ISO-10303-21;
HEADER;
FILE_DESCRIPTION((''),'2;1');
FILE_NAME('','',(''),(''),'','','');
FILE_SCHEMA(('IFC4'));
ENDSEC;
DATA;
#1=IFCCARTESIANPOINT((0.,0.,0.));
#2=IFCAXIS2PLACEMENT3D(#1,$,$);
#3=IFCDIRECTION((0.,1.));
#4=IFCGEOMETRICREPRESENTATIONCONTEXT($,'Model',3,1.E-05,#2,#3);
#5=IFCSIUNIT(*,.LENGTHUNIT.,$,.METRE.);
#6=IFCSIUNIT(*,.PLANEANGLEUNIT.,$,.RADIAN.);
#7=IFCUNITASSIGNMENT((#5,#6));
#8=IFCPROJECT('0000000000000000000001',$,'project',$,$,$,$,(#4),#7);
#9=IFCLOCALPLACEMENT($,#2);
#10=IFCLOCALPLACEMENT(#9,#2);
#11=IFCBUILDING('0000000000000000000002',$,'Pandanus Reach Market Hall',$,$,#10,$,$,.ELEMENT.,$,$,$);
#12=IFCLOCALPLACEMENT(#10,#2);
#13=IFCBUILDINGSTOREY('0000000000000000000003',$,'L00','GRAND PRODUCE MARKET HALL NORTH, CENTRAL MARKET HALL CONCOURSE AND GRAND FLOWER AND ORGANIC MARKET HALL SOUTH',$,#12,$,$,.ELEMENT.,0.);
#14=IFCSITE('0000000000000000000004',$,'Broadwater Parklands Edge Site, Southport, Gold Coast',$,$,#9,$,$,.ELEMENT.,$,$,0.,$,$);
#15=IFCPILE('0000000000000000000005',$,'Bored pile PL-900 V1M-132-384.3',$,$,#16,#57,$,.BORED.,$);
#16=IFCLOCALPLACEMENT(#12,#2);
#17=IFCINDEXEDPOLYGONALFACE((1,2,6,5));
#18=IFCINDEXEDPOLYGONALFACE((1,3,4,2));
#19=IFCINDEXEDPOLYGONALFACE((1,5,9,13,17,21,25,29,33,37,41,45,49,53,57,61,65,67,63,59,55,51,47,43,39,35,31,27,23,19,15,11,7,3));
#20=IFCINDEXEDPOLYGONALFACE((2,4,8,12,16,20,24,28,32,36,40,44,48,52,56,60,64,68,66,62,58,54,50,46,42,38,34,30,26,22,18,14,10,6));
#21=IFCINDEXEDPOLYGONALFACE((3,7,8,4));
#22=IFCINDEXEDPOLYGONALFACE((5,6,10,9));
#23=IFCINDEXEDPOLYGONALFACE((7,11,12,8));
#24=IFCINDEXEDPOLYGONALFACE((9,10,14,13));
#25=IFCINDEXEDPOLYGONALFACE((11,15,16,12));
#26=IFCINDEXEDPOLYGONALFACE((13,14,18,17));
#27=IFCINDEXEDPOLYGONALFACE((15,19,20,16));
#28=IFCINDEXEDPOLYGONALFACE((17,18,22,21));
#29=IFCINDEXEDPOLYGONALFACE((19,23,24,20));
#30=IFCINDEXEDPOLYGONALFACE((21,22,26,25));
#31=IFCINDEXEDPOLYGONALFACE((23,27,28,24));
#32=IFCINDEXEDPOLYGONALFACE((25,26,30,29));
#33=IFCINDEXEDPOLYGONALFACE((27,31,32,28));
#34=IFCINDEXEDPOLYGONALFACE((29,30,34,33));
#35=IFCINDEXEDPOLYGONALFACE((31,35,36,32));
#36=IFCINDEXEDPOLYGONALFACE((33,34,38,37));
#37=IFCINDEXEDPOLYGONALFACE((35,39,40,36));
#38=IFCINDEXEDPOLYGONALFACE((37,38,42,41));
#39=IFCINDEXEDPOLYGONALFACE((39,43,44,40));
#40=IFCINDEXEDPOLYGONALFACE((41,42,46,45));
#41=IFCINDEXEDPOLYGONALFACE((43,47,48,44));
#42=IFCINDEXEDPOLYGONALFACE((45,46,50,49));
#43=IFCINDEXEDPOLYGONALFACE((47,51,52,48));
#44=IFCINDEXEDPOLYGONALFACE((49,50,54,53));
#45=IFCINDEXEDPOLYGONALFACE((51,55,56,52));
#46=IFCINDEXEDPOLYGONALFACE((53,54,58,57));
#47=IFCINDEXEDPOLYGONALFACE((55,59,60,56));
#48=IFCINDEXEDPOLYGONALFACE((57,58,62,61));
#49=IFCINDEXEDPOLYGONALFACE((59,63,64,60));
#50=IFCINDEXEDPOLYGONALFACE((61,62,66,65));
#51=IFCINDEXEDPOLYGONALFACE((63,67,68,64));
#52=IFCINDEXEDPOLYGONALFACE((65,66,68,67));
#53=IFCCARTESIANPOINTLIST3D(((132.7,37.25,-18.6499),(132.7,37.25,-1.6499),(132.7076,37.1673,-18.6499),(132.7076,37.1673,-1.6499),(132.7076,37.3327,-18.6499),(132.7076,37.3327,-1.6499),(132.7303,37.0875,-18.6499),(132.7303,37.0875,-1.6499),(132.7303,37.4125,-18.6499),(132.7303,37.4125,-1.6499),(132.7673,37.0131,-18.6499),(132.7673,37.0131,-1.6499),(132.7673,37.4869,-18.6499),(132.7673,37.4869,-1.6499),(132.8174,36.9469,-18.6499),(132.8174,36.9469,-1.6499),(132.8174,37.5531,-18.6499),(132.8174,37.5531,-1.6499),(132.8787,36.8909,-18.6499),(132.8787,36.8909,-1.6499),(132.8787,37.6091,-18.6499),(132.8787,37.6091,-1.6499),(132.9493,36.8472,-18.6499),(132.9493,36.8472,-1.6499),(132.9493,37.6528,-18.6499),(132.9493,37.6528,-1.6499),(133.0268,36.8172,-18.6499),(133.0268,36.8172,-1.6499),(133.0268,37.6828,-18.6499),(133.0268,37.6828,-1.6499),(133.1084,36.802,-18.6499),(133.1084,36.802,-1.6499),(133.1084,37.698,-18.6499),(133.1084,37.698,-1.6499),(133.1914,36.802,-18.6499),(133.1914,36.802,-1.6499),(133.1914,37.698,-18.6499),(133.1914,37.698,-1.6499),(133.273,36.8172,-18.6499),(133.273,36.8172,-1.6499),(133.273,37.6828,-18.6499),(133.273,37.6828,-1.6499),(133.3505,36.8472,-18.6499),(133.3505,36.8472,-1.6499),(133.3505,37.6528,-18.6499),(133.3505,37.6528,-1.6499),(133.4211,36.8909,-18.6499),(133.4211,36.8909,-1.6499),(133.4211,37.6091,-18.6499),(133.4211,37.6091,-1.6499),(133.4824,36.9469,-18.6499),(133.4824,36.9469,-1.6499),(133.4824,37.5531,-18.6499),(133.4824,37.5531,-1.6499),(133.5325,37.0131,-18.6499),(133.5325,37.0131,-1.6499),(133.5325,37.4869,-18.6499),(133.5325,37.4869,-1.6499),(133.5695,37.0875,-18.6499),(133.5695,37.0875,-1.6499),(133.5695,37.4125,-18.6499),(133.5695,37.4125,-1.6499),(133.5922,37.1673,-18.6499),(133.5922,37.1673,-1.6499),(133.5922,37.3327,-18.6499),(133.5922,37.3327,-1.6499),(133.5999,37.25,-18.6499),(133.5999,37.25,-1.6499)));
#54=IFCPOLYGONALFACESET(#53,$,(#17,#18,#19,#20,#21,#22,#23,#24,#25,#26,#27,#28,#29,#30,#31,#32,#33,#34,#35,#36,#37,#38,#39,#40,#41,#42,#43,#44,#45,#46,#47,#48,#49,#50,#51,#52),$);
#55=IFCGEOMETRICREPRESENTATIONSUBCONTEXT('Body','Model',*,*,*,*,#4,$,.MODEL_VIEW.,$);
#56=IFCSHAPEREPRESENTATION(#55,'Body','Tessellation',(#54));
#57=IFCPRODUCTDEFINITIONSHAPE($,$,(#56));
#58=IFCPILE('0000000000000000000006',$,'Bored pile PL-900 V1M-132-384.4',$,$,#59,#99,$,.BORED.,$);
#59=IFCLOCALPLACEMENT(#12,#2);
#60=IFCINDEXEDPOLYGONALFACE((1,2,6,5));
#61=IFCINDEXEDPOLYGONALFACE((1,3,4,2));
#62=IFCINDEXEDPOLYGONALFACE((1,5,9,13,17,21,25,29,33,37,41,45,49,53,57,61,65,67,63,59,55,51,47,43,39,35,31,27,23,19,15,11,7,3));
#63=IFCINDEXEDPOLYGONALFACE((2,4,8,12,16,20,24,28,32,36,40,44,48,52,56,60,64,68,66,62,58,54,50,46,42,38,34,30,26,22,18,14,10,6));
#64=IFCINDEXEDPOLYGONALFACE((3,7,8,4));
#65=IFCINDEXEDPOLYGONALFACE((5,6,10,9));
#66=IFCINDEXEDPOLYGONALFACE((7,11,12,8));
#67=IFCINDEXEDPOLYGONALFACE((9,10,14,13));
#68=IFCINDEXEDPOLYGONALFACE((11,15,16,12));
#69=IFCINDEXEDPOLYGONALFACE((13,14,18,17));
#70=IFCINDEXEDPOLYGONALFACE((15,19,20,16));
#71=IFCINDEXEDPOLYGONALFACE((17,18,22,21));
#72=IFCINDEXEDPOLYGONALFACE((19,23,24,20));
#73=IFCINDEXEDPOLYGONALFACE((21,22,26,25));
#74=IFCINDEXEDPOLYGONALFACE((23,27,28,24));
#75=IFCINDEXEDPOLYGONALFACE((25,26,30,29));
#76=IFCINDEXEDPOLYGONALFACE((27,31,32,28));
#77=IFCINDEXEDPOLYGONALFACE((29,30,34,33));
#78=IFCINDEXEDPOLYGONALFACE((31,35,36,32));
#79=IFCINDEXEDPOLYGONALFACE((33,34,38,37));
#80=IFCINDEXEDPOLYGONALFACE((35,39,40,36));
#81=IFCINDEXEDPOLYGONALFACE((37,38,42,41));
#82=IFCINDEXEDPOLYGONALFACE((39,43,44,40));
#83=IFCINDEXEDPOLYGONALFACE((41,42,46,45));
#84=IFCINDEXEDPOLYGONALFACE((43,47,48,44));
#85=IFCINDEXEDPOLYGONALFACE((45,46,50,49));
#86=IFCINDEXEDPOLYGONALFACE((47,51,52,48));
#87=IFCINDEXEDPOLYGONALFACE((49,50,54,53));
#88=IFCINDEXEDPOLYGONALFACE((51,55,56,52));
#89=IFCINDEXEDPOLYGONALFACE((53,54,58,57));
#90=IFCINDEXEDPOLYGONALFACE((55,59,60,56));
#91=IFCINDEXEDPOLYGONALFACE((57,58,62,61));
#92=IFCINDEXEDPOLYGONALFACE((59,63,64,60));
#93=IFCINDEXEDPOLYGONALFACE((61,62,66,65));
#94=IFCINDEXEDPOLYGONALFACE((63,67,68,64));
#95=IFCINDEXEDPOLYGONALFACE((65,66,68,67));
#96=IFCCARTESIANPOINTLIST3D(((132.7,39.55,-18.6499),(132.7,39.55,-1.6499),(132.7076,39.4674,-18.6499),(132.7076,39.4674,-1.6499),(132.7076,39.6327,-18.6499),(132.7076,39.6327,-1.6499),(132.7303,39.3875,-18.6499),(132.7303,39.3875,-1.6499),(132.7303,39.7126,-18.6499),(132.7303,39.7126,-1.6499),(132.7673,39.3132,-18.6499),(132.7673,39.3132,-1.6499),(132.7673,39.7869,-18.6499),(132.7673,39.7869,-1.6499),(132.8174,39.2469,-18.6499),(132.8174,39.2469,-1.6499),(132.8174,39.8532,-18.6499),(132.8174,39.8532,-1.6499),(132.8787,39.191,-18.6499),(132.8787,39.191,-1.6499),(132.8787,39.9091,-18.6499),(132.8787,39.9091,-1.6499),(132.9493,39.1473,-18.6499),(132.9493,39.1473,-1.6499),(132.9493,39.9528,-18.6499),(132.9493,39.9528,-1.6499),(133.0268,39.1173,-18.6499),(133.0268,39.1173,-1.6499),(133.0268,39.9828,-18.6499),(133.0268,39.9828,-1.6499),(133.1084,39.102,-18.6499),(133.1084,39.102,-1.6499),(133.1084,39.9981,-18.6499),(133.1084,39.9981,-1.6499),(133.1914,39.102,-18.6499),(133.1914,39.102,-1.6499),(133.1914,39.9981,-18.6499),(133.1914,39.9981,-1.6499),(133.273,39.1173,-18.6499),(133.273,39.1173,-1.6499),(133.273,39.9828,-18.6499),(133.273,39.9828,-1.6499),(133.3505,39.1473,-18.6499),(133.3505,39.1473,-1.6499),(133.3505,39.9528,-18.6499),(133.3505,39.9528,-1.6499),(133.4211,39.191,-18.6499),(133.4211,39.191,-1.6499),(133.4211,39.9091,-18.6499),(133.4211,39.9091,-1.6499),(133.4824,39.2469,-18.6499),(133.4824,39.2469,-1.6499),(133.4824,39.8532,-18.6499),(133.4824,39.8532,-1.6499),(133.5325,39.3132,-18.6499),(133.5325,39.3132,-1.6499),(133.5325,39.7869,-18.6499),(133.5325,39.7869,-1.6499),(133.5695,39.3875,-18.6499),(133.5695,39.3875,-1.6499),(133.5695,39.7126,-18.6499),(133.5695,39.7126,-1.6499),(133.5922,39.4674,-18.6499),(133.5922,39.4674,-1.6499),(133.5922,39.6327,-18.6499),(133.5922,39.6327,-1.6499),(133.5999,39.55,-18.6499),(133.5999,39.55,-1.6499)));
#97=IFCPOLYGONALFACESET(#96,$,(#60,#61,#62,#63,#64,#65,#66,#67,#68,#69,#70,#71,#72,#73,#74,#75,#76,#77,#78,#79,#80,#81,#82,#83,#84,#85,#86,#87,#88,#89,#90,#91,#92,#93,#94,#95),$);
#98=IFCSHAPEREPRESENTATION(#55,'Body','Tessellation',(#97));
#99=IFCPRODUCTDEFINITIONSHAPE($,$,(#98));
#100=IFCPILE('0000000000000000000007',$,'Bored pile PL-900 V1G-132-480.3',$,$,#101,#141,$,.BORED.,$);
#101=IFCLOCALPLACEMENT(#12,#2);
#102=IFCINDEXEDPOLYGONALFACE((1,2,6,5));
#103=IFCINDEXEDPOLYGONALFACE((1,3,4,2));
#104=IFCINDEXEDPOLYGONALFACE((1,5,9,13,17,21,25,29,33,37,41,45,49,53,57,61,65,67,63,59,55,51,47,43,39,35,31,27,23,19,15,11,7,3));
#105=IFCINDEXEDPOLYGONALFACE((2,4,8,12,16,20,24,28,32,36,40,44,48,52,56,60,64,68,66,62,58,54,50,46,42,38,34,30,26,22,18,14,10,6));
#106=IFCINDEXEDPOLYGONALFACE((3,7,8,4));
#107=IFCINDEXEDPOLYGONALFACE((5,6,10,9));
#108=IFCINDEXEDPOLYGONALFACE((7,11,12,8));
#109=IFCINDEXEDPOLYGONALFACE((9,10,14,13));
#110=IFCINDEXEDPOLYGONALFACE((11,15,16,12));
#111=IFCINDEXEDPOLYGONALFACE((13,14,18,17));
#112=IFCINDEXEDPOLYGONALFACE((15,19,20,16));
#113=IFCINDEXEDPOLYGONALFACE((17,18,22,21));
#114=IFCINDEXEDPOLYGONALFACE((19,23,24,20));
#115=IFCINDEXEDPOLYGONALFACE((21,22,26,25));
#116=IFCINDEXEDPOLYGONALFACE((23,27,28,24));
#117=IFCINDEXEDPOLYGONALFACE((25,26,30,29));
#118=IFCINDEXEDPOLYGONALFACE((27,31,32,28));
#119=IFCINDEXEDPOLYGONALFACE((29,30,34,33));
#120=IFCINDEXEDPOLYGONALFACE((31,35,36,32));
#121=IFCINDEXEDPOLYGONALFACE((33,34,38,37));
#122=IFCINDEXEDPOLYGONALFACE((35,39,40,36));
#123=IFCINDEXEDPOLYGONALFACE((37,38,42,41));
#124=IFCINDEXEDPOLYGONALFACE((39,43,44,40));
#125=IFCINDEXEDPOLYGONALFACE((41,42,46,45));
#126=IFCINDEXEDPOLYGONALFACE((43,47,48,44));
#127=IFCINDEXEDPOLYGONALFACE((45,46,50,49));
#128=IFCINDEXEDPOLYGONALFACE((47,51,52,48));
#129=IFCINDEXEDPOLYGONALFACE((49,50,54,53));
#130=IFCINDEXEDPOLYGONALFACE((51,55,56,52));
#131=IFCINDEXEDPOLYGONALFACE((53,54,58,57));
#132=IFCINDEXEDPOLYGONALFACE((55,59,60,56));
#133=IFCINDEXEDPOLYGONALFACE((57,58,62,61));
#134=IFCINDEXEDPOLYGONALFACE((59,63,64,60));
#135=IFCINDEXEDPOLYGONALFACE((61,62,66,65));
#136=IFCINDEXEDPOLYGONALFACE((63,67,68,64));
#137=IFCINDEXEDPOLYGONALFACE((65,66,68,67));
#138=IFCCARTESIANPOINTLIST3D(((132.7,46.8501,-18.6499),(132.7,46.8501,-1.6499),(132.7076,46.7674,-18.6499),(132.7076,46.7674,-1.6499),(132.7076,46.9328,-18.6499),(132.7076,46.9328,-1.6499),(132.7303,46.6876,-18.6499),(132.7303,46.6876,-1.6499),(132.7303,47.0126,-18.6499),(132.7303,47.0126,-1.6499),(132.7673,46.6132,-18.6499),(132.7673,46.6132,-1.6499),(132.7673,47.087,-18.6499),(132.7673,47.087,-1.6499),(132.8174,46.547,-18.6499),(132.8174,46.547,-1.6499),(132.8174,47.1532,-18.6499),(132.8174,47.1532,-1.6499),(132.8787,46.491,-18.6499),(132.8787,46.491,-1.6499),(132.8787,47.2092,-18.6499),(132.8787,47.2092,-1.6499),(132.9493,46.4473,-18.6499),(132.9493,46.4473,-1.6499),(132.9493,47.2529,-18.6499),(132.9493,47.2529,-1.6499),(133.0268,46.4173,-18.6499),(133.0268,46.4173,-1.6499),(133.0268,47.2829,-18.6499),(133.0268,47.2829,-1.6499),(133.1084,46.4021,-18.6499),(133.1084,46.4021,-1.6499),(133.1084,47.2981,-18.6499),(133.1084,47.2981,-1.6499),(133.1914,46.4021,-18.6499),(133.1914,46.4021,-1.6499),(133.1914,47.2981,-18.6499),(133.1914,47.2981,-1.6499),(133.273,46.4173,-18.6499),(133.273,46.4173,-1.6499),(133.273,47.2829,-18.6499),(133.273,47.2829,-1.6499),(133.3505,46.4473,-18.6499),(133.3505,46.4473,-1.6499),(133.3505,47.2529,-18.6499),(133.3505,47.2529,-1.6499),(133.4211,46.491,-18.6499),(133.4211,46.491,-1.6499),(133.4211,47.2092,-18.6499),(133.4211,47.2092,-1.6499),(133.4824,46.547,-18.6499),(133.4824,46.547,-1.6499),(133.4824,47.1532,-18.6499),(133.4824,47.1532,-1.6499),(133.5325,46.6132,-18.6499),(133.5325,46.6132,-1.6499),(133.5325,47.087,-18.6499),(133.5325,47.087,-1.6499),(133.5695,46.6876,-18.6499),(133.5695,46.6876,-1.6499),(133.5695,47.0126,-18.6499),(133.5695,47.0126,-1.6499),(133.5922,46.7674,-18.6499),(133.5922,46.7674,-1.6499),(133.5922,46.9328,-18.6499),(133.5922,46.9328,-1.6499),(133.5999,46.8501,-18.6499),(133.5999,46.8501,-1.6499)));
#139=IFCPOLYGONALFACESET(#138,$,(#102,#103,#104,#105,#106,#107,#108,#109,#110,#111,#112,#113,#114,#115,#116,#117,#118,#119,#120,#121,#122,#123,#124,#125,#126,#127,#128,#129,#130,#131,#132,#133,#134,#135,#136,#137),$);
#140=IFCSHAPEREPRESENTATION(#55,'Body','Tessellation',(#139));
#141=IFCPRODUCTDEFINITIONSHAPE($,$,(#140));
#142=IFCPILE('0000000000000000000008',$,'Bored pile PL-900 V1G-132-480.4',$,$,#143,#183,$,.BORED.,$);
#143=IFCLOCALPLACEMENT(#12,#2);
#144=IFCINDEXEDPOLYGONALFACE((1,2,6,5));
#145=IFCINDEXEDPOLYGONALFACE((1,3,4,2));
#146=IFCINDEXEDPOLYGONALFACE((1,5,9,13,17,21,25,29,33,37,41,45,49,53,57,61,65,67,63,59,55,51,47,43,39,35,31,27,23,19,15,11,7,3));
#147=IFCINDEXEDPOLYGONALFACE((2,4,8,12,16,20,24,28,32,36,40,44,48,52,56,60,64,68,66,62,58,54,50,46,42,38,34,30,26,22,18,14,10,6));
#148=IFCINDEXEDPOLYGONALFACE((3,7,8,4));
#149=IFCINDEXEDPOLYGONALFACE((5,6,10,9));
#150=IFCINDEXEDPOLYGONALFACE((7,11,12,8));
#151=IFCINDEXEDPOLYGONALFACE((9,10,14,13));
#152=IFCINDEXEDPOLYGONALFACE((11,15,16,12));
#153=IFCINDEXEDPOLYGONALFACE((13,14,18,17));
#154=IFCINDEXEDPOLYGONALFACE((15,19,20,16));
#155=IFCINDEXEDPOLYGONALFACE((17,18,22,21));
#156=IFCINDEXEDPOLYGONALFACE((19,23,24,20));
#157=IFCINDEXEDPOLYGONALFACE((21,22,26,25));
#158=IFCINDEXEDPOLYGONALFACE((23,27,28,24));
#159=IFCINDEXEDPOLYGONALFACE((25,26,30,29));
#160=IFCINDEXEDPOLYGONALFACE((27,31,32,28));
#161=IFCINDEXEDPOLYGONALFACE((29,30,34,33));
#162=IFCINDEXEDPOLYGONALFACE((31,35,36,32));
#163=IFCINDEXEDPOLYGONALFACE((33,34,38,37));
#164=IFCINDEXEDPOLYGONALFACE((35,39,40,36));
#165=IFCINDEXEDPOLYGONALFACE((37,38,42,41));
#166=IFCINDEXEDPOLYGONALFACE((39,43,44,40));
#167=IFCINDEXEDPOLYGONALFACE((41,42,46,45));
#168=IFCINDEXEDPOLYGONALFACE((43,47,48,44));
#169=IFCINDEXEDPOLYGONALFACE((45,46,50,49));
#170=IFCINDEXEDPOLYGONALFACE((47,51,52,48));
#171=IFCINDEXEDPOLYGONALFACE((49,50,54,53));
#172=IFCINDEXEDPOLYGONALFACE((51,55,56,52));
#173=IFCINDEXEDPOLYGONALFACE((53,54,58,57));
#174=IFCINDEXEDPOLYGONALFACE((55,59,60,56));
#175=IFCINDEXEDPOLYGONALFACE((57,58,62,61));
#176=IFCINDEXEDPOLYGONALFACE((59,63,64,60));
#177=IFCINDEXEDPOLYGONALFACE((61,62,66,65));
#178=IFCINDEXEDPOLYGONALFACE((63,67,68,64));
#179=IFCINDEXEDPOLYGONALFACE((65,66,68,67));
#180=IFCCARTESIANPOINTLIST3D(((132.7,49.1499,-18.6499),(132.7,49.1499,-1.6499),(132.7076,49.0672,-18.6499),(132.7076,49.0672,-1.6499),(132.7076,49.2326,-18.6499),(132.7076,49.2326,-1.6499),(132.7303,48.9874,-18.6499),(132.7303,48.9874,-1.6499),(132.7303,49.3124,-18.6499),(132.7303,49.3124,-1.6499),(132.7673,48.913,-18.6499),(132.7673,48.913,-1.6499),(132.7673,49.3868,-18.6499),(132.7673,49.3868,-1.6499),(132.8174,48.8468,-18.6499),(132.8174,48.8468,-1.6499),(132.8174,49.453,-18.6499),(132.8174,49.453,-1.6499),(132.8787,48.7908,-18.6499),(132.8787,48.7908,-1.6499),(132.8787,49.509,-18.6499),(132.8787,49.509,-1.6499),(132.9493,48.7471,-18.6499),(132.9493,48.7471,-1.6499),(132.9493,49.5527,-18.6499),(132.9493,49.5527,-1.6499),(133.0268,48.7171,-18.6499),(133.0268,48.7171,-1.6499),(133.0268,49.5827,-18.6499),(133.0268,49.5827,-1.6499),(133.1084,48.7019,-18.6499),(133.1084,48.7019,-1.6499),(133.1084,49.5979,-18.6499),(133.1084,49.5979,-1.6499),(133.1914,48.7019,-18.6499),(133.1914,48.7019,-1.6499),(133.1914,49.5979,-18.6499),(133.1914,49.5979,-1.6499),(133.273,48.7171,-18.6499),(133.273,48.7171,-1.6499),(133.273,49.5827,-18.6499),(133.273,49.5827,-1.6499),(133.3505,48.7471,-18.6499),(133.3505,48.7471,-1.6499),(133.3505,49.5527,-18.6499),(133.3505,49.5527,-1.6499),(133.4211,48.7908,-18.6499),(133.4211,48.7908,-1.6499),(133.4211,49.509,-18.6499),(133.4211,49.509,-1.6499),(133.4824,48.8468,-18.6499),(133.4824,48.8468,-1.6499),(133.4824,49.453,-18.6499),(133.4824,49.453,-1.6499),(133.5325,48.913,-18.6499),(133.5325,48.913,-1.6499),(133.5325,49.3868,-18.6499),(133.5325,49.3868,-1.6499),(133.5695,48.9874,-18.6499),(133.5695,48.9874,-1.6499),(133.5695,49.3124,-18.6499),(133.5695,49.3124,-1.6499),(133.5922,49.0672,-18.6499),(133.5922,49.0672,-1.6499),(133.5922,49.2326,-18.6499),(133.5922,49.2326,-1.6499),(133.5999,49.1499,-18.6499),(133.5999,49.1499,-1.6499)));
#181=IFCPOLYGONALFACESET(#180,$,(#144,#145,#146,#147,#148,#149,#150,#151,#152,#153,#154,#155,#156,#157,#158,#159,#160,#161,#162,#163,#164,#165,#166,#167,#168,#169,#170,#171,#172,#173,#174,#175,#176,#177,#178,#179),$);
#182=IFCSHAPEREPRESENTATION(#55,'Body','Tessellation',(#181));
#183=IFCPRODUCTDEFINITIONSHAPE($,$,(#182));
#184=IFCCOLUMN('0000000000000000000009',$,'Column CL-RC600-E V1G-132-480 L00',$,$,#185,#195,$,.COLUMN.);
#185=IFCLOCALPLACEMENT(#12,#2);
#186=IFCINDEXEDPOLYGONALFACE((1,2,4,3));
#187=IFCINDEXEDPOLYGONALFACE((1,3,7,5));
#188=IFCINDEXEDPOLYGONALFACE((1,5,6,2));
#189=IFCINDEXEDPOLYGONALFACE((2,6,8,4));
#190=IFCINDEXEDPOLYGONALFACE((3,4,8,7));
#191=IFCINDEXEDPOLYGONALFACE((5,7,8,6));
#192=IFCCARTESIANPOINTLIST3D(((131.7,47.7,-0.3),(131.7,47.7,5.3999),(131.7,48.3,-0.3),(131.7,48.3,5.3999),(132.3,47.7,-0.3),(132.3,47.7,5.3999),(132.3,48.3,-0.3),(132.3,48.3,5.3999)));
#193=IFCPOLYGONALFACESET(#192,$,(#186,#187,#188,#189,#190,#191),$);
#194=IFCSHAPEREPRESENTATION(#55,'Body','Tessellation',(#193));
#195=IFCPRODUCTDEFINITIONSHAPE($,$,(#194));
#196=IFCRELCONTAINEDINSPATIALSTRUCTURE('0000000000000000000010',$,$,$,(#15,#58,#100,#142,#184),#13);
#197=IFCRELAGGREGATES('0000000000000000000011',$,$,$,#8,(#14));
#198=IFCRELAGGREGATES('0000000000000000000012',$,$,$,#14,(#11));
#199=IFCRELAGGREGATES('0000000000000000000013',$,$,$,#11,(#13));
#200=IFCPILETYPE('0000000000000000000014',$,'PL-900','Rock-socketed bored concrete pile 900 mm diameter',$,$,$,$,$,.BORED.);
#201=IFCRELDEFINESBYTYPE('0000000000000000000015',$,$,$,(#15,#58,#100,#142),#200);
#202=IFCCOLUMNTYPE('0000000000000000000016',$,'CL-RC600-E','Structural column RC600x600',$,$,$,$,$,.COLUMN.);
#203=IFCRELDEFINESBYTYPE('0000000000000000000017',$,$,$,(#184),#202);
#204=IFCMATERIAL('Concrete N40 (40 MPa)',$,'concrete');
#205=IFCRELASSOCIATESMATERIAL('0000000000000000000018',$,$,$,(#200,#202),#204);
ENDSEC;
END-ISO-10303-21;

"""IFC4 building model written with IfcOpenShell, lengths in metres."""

from ifc_helpers import new_model, si_unit, direction, frame, origin, origin_2d, place, context, subcontext, project, spatial, rectangle, circle, extrude, material, material_profile, profile_set, type_object, element, save


model = new_model("IFC4")

# Units and contexts
model_context = context("Model", 3, precision=1e-05, world=origin(), true_north=direction((0.0, 1.0)))
body_context = subcontext(model_context, "Body", "Model", "MODEL_VIEW")
ifc_project = project(units=[si_unit("LENGTHUNIT", "METRE"), si_unit("PLANEANGLEUNIT", "RADIAN")], contexts=[model_context])

# Site, building, storey
site_placement = place(None, origin())
site = spatial("IfcSite", under=ifc_project, at=site_placement, Name="Broadwater Parklands Edge Site, Southport, Gold Coast", CompositionType="ELEMENT", RefElevation=0.0)
building_placement = place(site_placement, origin())
building = spatial("IfcBuilding", under=site, at=building_placement, Name="Pandanus Reach Market Hall", CompositionType="ELEMENT")
storey_placement = place(building_placement, origin())
storey = spatial("IfcBuildingStorey", under=building, at=storey_placement, Name="L00", Description="GRAND PRODUCE MARKET HALL NORTH, CENTRAL MARKET HALL CONCOURSE AND GRAND FLOWER AND ORGANIC MARKET HALL SOUTH", CompositionType="ELEMENT", Elevation=0.0)

# Piles
ifc_material_1 = material(Name="Concrete N40 (40 MPa)", Category="concrete")
ifc_material_profile_1 = material_profile(ifc_material_1, circle(Radius=0.45, at=origin_2d()), Name="PILE-900D", Category="LoadBearing")
ifc_profile_set_1 = profile_set([ifc_material_profile_1], Name="Concrete N40 (40 MPa)")
pile_type = type_object("IfcPileType", Name="PL-900", Description="Rock-socketed bored concrete pile 900 mm diameter", PredefinedType="BORED", material=ifc_profile_set_1)
for number, where, z_axis, x_axis, name in (
    (1, (133.1499, 37.25, -1.6499), (0.0, 0.0, -1.0), (1.0, 0.0, 0.0), "Bored pile PL-900 V1M-132-384.3"),
    (2, (133.1499, 39.55, -1.6499), (0.0, 0.0, -1.0), (1.0, 0.0, 0.0), "Bored pile PL-900 V1M-132-384.4"),
    (3, (133.1499, 46.8501, -1.6499), (0.0, 0.0, -1.0), (1.0, 0.0, 0.0), "Bored pile PL-900 V1G-132-480.3"),
    (4, (133.1499, 49.1499, -1.6499), (0.0, 0.0, -1.0), (1.0, 0.0, 0.0), "Bored pile PL-900 V1G-132-480.4"),
):
    element("IfcPile", number, at=place(storey_placement, frame(where, z_axis=z_axis, x_axis=x_axis)), inside=storey, type_object=pile_type, Name=name, PredefinedType="BORED", context=body_context, shape_type="SweptSolid", body=[
        extrude(circle(Radius=0.45, at=origin_2d()), origin(), (0.0, 0.0, 1.0), 17.0),
    ])

# Column
ifc_material_profile_2 = material_profile(ifc_material_1, rectangle(XDim=0.6001, YDim=0.6001, at=origin_2d()), Name="RC600x600", Category="LoadBearing")
ifc_profile_set_2 = profile_set([ifc_material_profile_2], Name="Concrete N40 (40 MPa)")
column_type = type_object("IfcColumnType", Name="CL-RC600-E", Description="Structural column RC600x600", PredefinedType="COLUMN", material=ifc_profile_set_2)
column_placement = place(storey_placement, frame((132.0, 48.0, -0.3), z_axis=(0.0, 0.0, 1.0), x_axis=(1.0, 0.0, 0.0)))
element("IfcColumn", 5, at=column_placement, inside=storey, type_object=column_type, Name="Column CL-RC600-E V1G-132-480 L00", PredefinedType="COLUMN", context=body_context, shape_type="SweptSolid", body=[
    extrude(rectangle(XDim=0.6001, YDim=0.6001, at=origin_2d()), origin(), (0.0, 0.0, 1.0), 5.7),
])

save(model, "model.ifc")
